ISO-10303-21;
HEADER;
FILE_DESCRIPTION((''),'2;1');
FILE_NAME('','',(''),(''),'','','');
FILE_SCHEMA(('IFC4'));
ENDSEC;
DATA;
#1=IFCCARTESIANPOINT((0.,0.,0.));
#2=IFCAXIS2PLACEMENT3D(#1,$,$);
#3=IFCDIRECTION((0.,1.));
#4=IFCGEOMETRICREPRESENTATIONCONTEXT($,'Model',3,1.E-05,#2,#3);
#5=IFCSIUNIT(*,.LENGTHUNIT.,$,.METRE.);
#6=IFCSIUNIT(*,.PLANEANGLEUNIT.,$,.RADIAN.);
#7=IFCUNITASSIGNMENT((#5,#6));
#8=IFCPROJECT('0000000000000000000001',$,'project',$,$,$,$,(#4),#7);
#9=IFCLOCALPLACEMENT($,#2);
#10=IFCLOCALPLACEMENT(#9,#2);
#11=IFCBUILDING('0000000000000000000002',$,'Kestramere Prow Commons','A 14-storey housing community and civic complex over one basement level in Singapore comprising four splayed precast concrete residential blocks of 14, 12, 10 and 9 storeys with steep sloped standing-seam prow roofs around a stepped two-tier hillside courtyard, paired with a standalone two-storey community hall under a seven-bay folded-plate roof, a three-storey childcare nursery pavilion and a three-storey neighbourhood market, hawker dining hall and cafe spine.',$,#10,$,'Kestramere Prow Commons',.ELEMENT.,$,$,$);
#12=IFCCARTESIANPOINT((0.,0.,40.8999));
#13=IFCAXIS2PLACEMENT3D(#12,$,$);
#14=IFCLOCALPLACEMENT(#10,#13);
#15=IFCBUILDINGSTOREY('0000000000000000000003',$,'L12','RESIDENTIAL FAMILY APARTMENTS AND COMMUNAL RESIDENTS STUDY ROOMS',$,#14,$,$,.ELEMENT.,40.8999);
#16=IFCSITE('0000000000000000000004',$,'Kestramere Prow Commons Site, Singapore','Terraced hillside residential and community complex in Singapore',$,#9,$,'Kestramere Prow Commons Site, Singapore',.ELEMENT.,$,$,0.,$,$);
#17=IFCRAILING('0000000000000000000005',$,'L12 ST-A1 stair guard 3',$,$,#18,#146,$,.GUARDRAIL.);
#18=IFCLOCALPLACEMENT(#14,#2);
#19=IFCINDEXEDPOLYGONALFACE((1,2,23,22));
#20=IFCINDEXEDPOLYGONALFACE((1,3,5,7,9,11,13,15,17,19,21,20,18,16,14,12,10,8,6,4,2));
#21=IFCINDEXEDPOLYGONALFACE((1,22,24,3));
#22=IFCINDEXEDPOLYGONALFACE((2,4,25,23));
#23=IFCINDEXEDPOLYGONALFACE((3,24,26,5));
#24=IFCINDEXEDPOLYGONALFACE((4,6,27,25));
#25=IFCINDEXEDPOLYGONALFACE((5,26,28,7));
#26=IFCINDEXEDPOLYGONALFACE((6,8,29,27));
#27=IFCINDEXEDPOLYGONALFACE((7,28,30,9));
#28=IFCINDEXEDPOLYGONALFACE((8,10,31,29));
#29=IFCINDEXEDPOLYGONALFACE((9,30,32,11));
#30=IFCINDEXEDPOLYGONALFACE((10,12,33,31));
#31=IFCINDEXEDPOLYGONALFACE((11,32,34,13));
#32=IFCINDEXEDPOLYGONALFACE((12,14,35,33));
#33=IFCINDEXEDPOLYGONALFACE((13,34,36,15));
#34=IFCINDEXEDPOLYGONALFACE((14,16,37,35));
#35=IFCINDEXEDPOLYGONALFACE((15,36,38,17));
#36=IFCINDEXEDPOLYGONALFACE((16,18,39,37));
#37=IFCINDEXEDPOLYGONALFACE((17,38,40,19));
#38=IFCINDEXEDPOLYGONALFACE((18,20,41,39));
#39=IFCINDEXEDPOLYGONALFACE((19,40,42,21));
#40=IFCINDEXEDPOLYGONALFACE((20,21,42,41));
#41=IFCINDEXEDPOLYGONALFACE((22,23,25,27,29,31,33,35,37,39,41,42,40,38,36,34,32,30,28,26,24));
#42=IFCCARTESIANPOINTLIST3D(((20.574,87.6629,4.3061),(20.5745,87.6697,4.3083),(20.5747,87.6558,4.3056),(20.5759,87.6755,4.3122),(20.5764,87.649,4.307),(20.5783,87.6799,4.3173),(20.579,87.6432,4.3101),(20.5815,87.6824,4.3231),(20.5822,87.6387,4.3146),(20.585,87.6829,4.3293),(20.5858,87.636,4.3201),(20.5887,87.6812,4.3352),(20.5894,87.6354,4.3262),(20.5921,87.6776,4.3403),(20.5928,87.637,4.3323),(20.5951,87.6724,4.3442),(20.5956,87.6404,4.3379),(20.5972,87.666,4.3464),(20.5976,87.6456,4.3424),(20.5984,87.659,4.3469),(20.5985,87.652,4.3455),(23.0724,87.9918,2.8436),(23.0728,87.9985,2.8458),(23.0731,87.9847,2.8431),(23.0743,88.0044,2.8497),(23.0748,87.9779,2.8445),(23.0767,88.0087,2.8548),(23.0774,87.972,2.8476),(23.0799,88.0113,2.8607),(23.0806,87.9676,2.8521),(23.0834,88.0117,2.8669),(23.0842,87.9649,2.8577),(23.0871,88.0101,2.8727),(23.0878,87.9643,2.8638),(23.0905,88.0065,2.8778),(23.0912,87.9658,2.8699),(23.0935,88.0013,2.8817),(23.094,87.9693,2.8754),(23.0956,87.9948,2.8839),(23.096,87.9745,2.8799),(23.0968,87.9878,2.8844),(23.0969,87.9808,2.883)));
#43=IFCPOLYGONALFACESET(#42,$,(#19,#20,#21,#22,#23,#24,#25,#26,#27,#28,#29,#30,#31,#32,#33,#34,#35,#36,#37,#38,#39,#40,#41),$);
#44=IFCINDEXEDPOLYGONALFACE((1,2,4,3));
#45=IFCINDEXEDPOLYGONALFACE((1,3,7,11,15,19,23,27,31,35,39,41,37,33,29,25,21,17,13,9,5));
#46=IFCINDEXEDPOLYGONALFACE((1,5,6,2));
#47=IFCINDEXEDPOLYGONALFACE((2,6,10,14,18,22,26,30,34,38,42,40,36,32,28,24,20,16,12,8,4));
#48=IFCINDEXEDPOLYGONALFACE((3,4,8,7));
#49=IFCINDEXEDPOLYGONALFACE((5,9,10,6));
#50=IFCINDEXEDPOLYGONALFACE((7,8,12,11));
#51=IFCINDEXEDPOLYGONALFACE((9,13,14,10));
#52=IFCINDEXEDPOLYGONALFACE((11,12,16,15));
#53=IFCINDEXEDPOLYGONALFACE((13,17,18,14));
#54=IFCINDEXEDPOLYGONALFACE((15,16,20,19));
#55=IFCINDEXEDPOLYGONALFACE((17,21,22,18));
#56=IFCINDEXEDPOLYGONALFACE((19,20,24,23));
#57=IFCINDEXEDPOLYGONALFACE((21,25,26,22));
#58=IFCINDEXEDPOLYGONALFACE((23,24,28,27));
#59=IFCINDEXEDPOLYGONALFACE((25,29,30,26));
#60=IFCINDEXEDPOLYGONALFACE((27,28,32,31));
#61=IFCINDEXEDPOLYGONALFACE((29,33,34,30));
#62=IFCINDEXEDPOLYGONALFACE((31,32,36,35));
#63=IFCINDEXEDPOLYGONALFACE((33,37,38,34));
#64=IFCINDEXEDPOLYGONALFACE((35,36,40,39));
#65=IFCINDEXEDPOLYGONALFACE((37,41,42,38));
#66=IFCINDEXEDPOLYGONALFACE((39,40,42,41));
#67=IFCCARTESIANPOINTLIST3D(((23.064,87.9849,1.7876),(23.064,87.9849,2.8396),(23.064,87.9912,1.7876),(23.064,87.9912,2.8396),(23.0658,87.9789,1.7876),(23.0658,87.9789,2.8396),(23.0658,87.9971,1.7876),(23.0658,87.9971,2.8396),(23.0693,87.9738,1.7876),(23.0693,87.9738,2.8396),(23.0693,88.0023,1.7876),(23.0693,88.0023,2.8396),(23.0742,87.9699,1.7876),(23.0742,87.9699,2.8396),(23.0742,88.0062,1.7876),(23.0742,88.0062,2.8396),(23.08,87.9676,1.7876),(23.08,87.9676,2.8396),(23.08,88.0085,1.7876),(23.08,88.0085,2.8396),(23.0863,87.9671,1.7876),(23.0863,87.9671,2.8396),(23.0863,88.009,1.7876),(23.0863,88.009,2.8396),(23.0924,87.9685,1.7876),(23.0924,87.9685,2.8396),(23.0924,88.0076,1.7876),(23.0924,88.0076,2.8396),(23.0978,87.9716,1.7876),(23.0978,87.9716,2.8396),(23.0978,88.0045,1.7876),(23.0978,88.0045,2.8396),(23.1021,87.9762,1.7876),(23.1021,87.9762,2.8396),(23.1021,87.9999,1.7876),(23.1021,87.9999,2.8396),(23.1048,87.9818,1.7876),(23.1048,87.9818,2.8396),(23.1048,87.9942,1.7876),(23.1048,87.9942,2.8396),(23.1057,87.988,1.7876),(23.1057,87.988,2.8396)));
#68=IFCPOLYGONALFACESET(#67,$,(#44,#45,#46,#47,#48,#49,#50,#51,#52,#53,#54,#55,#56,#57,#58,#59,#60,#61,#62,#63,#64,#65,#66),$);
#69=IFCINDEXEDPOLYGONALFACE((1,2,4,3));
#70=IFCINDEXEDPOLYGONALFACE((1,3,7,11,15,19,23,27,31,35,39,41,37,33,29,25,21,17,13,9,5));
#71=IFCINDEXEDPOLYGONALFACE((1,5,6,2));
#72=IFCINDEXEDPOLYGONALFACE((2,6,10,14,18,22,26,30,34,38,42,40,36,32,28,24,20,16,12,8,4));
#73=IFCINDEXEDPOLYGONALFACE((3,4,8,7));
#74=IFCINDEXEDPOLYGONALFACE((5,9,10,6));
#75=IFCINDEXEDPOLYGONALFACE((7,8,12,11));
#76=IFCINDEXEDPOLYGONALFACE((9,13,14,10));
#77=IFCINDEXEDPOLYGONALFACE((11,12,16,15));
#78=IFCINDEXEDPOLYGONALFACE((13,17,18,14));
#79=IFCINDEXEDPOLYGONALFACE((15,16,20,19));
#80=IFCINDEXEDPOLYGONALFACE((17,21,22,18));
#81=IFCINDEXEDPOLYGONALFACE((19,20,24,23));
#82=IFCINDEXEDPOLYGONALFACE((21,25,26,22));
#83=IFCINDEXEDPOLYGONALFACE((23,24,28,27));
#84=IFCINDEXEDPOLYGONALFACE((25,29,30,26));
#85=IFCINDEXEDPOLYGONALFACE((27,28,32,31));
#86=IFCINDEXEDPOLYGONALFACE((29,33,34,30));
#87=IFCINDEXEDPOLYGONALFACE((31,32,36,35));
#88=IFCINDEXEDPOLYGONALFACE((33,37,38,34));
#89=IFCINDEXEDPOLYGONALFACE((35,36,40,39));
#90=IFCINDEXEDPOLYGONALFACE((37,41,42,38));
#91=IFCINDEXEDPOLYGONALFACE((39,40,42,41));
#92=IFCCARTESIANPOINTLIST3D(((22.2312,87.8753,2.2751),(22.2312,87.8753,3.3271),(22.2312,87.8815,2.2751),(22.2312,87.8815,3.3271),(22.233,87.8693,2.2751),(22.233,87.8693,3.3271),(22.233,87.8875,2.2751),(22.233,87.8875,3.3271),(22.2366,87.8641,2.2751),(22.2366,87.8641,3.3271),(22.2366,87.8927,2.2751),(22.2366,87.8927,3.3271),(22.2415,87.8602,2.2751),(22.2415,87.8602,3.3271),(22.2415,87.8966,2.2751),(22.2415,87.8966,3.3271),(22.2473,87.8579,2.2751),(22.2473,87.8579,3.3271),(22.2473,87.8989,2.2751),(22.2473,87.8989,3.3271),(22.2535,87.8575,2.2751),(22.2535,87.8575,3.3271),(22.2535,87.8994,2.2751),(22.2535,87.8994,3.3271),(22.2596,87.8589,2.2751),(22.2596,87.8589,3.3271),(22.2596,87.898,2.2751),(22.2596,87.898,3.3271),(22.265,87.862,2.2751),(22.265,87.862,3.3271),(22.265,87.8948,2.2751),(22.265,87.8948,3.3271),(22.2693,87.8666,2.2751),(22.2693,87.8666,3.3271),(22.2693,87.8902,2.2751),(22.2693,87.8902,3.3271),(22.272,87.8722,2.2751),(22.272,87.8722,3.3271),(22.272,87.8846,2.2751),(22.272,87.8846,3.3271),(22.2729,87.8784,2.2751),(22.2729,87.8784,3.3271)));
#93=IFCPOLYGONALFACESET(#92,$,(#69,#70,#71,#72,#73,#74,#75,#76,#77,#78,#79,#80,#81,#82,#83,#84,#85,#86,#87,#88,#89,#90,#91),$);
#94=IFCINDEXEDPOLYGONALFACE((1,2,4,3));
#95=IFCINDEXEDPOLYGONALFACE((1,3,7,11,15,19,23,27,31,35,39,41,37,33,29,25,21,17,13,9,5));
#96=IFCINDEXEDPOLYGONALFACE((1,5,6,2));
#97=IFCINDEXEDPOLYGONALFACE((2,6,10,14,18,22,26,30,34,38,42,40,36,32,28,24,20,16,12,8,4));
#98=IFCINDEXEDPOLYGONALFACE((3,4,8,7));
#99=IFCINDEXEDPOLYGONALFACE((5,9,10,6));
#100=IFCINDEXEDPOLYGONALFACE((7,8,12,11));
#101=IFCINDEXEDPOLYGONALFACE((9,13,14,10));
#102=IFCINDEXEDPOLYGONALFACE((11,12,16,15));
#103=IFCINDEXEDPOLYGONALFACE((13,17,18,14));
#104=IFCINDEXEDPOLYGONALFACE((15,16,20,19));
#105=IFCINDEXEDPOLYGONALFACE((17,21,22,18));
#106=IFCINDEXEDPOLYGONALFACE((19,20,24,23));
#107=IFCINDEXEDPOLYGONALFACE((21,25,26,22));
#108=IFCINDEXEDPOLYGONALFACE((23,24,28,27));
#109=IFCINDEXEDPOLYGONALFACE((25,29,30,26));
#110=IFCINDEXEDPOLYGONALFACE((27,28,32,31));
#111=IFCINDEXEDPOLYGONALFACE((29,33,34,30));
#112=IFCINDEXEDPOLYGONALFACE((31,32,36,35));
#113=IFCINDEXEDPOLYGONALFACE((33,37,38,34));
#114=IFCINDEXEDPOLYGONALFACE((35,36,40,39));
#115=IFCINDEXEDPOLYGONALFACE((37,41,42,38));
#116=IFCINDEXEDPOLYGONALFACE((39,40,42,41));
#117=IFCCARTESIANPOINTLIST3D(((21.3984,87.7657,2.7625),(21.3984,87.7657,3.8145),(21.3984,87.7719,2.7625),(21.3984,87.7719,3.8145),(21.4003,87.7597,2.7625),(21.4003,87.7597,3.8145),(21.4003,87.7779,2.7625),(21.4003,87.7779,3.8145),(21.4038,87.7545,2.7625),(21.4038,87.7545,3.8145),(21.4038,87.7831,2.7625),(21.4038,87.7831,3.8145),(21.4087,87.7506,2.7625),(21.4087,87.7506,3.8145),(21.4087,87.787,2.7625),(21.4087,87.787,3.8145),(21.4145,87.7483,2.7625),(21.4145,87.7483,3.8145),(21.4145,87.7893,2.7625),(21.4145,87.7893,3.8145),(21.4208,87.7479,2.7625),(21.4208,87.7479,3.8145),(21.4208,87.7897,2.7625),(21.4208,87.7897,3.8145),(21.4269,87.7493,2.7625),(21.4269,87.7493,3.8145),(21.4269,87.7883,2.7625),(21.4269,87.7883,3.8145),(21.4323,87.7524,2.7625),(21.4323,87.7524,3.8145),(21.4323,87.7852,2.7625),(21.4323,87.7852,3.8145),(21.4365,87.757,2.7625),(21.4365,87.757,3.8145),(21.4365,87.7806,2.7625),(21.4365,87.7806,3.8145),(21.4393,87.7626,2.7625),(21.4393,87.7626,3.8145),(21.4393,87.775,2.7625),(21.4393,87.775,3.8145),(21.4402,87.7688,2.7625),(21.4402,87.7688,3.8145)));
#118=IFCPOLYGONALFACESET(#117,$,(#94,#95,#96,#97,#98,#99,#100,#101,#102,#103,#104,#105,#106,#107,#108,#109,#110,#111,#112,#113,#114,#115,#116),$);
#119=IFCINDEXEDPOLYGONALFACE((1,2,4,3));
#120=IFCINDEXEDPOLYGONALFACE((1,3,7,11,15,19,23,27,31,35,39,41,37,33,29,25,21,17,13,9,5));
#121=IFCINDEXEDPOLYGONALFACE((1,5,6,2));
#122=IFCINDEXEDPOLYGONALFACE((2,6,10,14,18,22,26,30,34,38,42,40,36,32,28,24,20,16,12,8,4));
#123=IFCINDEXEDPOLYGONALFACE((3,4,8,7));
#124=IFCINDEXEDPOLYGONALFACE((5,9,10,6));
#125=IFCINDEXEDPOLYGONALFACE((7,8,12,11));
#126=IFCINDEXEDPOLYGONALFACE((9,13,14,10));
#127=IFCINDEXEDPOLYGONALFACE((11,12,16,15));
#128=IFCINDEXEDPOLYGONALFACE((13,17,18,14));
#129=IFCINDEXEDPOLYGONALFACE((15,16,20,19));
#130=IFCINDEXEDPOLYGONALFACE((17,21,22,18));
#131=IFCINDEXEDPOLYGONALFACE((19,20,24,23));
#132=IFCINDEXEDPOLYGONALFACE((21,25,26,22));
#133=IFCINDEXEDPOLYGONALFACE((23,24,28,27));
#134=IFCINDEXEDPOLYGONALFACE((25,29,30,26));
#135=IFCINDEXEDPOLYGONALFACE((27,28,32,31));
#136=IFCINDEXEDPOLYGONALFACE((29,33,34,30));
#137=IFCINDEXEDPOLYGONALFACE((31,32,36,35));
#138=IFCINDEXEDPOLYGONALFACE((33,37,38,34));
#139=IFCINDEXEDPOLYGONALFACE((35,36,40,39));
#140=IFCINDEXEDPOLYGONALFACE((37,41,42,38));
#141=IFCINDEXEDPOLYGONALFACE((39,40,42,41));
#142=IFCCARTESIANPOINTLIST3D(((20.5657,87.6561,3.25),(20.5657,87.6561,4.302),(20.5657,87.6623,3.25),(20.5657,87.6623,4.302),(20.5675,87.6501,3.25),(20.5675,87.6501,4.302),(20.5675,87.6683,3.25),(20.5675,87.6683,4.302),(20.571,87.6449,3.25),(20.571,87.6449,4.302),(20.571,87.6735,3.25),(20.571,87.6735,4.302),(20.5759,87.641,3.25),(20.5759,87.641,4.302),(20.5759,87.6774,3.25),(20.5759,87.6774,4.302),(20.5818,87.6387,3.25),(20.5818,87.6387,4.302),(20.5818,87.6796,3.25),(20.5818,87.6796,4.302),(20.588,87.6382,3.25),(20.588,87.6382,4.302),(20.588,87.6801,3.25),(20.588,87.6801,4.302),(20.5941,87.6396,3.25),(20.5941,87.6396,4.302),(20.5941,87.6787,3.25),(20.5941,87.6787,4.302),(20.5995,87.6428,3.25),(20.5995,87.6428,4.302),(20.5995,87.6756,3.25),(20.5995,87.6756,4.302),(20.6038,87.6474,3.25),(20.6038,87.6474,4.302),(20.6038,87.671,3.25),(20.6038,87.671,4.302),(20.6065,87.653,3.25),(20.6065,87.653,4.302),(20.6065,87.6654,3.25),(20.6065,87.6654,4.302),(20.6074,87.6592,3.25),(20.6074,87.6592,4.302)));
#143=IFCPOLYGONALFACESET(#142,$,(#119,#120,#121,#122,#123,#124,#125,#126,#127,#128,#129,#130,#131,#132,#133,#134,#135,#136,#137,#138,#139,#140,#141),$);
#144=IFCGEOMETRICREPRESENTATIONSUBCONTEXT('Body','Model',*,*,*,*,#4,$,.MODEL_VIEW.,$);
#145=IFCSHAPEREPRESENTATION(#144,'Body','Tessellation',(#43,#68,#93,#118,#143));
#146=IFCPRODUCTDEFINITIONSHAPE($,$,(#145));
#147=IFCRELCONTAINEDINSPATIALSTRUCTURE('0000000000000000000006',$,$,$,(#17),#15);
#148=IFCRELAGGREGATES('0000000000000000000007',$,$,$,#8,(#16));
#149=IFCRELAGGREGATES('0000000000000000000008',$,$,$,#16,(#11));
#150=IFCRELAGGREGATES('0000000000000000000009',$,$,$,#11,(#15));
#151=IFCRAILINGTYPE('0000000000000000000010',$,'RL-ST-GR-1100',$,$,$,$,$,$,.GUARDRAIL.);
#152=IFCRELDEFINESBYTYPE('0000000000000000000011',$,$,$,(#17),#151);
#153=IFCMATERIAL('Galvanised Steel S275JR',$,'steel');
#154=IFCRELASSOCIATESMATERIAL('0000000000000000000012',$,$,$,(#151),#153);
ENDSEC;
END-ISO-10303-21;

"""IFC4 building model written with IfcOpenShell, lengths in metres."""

from ifc_helpers import new_model, si_unit, direction, frame, origin, origin_2d, place, context, subcontext, project, spatial, circle, extrude, material, type_object, element, save


model = new_model("IFC4")

# Units and contexts
model_context = context("Model", 3, precision=1e-05, world=origin(), true_north=direction((0.0, 1.0)))
body_context = subcontext(model_context, "Body", "Model", "MODEL_VIEW")
ifc_project = project(units=[si_unit("LENGTHUNIT", "METRE"), si_unit("PLANEANGLEUNIT", "RADIAN")], contexts=[model_context])

# Site, building, storey
site_placement = place(None, origin())
site = spatial("IfcSite", under=ifc_project, at=site_placement, Name="Kestramere Prow Commons Site, Singapore", Description="Terraced hillside residential and community complex in Singapore", LongName="Kestramere Prow Commons Site, Singapore", CompositionType="ELEMENT", RefElevation=0.0)
building_placement = place(site_placement, origin())
building = spatial("IfcBuilding", under=site, at=building_placement, Name="Kestramere Prow Commons", Description="A 14-storey housing community and civic complex over one basement level in Singapore comprising four splayed precast concrete residential blocks of 14, 12, 10 and 9 storeys with steep sloped standing-seam prow roofs around a stepped two-tier hillside courtyard, paired with a standalone two-storey community hall under a seven-bay folded-plate roof, a three-storey childcare nursery pavilion and a three-storey neighbourhood market, hawker dining hall and cafe spine.", LongName="Kestramere Prow Commons", CompositionType="ELEMENT")
storey_placement = place(building_placement, frame((0.0, 0.0, 40.8999)))
storey = spatial("IfcBuildingStorey", under=building, at=storey_placement, Name="L12", Description="RESIDENTIAL FAMILY APARTMENTS AND COMMUNAL RESIDENTS STUDY ROOMS", CompositionType="ELEMENT", Elevation=40.8999)

# Railing
ifc_material_1 = material(Name="Galvanised Steel S275JR", Category="steel")
railing_type_1 = type_object("IfcRailingType", Name="RL-ST-GR-1100", PredefinedType="GUARDRAIL", material=ifc_material_1)
railing_1_placement = place(storey_placement, frame((23.0847, 87.988, 1.7876)))
element("IfcRailing", 1, at=railing_1_placement, inside=storey, type_object=railing_type_1, Name="L12 ST-A1 stair guard 3", PredefinedType="GUARDRAIL", context=body_context, shape_type="SweptSolid", body=[
    extrude(circle(Radius=0.0239, at=origin_2d()), frame((0.0, 0.0, 1.0762), z_axis=(-0.857501, -0.112875, 0.501948), x_axis=(0.130507, -0.991447, 0.0)), (0.0, 0.0, 1.0), 2.9136),
    extrude(circle(Radius=0.021, at=origin_2d()), origin(), (0.0, 0.0, 1.0), 1.052),
    extrude(circle(Radius=0.021, at=origin_2d()), frame((-0.8328, -0.1096, 0.4875)), (0.0, 0.0, 1.0), 1.052),
    extrude(circle(Radius=0.021, at=origin_2d()), frame((-1.6655, -0.2192, 0.9749)), (0.0, 0.0, 1.0), 1.052),
    extrude(circle(Radius=0.021, at=origin_2d()), frame((-2.4983, -0.3289, 1.4624)), (0.0, 0.0, 1.0), 1.052),
])

save(model, "model.ifc")
